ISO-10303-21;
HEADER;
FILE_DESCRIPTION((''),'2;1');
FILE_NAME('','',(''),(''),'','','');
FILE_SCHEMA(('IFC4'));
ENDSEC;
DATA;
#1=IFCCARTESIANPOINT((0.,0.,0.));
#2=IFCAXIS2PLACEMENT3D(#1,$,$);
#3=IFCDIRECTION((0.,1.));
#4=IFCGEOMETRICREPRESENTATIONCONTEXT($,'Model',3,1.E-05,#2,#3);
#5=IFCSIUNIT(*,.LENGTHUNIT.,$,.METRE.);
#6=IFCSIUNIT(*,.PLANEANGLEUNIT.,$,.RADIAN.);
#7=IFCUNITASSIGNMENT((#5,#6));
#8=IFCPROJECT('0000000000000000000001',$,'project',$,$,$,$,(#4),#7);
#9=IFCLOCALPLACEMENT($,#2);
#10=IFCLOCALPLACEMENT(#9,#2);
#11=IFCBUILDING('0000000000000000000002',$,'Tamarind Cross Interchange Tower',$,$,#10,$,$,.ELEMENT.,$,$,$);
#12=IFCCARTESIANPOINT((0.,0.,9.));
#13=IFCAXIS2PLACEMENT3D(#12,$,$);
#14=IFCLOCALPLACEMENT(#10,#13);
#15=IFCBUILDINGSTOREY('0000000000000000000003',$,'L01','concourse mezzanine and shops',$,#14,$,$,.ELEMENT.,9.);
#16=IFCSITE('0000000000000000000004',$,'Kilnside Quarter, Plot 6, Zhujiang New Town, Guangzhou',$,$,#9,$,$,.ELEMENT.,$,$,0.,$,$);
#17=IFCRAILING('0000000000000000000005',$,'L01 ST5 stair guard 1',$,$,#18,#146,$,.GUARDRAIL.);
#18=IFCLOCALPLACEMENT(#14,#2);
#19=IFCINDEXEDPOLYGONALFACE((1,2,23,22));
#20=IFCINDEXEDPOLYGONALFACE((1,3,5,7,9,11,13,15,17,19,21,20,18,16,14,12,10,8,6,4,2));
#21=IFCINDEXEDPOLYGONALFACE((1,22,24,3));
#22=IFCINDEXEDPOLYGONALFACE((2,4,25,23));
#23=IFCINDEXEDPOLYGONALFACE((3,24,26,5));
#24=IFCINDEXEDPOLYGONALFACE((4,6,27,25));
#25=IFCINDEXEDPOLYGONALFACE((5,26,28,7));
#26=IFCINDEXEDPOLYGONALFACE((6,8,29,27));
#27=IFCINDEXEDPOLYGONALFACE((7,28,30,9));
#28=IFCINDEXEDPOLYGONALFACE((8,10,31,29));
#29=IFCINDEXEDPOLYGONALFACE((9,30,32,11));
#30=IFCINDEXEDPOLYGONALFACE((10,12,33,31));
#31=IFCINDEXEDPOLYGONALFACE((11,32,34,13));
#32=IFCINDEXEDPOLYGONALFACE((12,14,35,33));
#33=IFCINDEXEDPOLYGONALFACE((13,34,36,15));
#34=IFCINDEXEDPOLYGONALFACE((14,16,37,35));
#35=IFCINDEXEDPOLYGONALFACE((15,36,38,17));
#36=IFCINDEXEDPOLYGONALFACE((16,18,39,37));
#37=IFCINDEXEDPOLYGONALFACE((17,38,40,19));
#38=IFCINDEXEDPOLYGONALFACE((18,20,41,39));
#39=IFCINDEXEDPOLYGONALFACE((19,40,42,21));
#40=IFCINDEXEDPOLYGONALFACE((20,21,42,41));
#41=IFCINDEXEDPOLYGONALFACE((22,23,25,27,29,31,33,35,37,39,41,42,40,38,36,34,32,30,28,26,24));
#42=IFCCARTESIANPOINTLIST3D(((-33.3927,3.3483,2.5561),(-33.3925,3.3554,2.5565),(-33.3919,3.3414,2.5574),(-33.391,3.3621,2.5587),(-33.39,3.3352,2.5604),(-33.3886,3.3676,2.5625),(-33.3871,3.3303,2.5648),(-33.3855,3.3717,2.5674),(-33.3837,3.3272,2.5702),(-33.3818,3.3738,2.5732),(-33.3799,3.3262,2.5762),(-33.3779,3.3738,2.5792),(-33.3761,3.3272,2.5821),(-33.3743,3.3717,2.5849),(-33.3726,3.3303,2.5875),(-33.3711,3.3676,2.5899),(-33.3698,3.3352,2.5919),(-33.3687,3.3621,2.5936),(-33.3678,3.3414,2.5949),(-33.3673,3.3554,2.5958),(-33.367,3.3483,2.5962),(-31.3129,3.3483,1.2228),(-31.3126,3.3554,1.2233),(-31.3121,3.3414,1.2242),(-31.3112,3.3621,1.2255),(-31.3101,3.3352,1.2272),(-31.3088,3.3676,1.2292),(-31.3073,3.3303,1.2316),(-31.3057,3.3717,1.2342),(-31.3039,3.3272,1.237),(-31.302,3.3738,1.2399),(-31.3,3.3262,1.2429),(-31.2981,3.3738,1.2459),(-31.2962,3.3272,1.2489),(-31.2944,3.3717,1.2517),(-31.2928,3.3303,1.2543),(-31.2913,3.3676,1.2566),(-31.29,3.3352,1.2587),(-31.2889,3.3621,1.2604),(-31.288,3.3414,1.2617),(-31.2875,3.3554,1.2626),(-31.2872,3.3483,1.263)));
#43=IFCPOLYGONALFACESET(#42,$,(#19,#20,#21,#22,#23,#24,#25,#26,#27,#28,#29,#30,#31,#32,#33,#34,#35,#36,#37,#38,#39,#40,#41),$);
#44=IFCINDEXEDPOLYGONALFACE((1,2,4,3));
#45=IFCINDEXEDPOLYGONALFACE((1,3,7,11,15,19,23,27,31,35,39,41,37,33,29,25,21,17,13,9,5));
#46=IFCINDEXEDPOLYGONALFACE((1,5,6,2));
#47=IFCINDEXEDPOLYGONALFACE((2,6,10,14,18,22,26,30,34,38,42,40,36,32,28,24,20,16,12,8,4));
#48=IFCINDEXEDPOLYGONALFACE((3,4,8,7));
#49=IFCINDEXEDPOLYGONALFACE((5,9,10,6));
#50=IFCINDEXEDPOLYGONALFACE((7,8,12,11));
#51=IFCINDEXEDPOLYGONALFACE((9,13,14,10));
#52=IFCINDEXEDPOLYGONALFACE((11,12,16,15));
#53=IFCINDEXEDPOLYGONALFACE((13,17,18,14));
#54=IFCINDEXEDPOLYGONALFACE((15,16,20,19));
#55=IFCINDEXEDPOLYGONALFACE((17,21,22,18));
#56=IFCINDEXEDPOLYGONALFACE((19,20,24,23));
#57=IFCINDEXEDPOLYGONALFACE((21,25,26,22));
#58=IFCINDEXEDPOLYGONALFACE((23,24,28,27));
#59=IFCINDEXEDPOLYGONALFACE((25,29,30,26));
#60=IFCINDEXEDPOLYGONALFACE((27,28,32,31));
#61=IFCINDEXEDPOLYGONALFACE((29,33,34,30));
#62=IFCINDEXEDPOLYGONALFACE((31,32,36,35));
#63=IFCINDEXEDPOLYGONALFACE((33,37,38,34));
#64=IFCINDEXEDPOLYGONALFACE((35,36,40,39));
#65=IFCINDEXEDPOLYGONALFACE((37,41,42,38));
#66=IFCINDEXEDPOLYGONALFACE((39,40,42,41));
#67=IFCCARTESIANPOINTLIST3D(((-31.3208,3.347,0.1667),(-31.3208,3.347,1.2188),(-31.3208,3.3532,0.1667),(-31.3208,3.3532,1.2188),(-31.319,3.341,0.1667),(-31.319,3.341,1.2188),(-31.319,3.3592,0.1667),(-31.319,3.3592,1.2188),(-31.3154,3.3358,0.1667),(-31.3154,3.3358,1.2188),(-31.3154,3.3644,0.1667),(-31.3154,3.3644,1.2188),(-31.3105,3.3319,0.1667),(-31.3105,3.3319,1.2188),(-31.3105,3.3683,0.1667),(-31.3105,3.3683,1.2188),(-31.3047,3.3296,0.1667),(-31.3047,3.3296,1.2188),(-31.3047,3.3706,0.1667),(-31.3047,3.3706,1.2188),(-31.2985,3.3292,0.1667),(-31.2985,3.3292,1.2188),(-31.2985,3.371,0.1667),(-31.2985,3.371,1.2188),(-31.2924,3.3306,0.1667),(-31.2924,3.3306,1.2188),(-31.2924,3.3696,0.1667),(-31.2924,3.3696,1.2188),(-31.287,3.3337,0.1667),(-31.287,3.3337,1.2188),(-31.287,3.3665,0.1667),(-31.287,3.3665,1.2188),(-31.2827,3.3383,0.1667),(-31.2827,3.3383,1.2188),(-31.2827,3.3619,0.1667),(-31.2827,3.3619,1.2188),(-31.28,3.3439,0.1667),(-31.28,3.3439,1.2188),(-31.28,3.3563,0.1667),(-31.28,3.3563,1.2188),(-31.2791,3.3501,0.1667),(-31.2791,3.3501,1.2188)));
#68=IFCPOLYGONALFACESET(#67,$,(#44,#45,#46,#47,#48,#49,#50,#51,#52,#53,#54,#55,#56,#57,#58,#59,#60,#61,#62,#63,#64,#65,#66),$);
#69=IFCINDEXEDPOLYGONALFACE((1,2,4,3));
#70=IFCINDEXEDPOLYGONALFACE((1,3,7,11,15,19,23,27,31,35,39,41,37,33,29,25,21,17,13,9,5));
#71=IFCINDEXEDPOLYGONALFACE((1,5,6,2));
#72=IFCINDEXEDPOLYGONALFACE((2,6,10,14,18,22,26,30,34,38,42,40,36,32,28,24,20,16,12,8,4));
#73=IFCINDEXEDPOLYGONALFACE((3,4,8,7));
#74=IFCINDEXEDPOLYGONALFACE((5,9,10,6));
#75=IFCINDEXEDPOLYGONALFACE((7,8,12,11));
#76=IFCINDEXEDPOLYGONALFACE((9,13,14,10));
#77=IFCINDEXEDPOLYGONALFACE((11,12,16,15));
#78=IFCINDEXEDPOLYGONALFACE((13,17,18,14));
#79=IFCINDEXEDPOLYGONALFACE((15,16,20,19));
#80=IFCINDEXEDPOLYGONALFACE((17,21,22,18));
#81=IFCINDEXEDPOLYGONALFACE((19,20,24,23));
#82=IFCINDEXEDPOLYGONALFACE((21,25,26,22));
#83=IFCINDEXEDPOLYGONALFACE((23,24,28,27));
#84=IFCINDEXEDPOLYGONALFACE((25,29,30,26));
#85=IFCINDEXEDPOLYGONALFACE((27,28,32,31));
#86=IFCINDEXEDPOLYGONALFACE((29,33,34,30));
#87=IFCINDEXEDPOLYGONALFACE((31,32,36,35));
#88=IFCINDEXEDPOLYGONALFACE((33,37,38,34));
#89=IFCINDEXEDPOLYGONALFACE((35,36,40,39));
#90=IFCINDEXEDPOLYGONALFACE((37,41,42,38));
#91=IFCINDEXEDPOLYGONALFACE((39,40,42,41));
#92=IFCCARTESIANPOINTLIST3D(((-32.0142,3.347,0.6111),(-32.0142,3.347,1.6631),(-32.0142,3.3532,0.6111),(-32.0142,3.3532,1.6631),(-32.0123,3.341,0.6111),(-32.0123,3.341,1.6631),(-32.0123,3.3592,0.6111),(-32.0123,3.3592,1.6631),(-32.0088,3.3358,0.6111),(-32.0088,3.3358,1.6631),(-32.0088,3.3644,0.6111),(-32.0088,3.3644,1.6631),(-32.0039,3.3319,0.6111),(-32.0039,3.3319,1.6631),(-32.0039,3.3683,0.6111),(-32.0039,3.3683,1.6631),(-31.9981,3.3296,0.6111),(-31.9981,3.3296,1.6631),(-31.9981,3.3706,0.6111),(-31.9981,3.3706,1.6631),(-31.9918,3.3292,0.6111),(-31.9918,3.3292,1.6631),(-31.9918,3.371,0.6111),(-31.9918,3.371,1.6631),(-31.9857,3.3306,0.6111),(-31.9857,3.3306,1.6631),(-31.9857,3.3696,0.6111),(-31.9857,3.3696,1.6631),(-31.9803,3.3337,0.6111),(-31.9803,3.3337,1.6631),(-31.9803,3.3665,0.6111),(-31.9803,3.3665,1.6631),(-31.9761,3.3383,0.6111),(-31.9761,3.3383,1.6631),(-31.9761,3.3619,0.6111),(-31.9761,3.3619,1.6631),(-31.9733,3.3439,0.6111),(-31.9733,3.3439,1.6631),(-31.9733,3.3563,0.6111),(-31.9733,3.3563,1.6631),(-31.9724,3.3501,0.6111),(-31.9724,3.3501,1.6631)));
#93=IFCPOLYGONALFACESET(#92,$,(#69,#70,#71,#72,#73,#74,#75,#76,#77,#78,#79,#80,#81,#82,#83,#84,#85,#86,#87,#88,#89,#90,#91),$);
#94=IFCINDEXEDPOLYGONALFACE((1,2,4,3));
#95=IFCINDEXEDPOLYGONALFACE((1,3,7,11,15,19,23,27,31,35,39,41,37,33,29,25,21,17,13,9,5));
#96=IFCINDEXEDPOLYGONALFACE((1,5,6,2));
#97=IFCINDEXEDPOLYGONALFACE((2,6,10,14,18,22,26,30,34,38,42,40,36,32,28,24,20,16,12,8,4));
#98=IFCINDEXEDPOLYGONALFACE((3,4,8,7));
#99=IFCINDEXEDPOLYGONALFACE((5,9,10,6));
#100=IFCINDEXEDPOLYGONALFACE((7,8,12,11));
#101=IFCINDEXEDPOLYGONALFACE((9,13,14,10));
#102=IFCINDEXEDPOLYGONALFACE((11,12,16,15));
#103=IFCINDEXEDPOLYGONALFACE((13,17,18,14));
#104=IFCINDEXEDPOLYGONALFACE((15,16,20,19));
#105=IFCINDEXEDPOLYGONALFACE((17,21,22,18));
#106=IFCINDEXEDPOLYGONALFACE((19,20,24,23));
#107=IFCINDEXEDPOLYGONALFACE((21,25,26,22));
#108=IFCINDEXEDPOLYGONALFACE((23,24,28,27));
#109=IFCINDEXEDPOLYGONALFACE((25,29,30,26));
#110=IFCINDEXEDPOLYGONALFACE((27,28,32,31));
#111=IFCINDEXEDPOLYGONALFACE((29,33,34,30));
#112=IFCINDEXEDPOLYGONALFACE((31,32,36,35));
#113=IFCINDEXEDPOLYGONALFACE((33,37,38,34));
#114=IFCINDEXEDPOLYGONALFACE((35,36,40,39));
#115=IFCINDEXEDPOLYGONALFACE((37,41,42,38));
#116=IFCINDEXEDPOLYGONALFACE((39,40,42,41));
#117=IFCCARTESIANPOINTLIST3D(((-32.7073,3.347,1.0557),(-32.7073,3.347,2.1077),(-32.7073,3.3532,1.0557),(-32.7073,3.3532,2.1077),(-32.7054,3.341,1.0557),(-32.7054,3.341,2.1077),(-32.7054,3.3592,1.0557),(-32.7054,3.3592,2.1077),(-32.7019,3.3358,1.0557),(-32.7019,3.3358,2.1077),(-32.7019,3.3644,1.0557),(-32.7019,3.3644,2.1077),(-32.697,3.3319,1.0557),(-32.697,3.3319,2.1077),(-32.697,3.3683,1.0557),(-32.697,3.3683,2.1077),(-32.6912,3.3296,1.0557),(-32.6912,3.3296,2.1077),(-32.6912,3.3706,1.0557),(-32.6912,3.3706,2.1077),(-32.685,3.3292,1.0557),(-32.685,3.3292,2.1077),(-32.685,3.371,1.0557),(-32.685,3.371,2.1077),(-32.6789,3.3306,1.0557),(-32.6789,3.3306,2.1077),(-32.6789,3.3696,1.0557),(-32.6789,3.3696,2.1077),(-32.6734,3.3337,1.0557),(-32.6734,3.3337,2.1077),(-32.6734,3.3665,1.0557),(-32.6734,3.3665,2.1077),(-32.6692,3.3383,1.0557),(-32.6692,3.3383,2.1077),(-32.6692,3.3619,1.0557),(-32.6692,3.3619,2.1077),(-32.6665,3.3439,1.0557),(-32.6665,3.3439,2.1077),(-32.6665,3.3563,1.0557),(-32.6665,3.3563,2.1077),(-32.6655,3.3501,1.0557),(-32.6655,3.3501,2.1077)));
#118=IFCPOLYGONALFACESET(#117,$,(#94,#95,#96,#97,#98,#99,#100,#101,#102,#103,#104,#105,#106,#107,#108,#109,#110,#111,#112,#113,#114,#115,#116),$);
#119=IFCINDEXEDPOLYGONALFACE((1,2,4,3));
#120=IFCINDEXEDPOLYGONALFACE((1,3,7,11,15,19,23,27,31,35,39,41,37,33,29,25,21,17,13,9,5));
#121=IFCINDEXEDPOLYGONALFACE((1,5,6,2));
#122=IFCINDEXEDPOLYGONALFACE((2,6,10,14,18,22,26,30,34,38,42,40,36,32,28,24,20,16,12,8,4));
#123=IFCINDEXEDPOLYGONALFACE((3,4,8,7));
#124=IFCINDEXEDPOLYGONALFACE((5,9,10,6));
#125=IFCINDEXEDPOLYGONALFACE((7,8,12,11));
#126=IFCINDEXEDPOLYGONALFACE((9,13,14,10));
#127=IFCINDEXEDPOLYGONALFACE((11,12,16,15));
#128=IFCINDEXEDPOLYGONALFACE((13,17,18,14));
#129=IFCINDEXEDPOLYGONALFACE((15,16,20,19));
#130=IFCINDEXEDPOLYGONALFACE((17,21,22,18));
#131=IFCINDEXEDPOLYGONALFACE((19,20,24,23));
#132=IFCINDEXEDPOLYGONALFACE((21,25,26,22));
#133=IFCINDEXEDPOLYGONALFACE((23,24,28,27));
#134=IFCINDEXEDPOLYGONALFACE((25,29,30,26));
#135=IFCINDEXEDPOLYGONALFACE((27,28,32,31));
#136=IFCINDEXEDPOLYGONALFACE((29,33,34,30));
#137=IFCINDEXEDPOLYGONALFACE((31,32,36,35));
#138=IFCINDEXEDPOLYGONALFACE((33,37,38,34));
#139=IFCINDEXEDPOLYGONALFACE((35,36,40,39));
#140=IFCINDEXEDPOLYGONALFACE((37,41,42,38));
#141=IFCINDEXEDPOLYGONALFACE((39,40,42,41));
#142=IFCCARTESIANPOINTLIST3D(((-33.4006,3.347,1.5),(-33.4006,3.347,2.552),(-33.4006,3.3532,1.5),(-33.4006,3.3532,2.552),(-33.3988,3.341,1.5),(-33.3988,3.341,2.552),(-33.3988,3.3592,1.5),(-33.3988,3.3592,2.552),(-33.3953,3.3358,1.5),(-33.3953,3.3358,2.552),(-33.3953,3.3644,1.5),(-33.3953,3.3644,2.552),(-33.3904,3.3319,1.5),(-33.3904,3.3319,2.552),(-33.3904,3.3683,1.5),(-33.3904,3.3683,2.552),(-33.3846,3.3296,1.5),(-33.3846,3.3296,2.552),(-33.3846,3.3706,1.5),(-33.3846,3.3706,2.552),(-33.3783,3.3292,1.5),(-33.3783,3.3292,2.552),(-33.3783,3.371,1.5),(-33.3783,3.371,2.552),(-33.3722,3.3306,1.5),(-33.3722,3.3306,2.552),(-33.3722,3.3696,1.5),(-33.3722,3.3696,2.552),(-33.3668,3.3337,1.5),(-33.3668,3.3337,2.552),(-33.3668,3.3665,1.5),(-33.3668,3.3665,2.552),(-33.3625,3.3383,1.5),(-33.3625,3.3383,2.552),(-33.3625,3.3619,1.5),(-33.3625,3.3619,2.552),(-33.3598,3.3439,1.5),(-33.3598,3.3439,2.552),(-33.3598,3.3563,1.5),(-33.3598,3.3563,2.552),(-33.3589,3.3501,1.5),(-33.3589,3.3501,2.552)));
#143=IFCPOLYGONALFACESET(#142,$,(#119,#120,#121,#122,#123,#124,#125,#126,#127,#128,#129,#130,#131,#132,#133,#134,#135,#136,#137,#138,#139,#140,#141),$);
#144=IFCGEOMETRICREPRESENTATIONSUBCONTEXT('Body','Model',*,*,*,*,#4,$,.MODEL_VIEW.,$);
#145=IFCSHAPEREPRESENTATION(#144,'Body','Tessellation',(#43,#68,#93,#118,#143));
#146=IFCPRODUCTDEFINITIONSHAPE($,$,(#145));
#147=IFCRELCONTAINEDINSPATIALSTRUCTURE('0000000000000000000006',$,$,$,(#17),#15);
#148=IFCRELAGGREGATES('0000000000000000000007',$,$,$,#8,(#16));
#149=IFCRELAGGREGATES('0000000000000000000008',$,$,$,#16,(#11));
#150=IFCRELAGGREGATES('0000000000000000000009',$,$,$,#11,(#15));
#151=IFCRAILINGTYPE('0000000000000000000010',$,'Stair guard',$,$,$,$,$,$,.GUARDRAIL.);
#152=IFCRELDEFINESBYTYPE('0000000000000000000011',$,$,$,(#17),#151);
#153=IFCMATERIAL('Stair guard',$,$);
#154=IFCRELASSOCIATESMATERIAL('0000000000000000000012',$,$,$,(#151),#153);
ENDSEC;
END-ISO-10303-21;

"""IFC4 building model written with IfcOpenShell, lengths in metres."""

from ifc_helpers import new_model, si_unit, direction, frame, origin, origin_2d, place, context, subcontext, project, spatial, circle, extrude, material, type_object, element, save


model = new_model("IFC4")

# Units and contexts
model_context = context("Model", 3, precision=1e-05, world=origin(), true_north=direction((0.0, 1.0)))
body_context = subcontext(model_context, "Body", "Model", "MODEL_VIEW")
ifc_project = project(units=[si_unit("LENGTHUNIT", "METRE"), si_unit("PLANEANGLEUNIT", "RADIAN")], contexts=[model_context])

# Site, building, storey
site_placement = place(None, origin())
site = spatial("IfcSite", under=ifc_project, at=site_placement, Name="Kilnside Quarter, Plot 6, Zhujiang New Town, Guangzhou", CompositionType="ELEMENT", RefElevation=0.0)
building_placement = place(site_placement, origin())
building = spatial("IfcBuilding", under=site, at=building_placement, Name="Tamarind Cross Interchange Tower", CompositionType="ELEMENT")
storey_placement = place(building_placement, frame((0.0, 0.0, 9.0)))
storey = spatial("IfcBuildingStorey", under=building, at=storey_placement, Name="L01", Description="concourse mezzanine and shops", CompositionType="ELEMENT", Elevation=9.0)

# Railing
ifc_material_1 = material(Name="Stair guard")
railing_type_1 = type_object("IfcRailingType", Name="Stair guard", PredefinedType="GUARDRAIL", material=ifc_material_1)
railing_1_placement = place(storey_placement, frame((-31.3, 3.3501, 0.1667)))
element("IfcRailing", 1, at=railing_1_placement, inside=storey, type_object=railing_type_1, Name="L01 ST5 stair guard 1", PredefinedType="GUARDRAIL", context=body_context, shape_type="SweptSolid", body=[
    extrude(circle(Radius=0.0239, at=origin_2d()), frame((0.0, 0.0, 1.0762), z_axis=(-0.841875, 0.0, 0.539673), x_axis=(0.0, -1.0, 0.0)), (0.0, 0.0, 1.0), 2.4705),
    extrude(circle(Radius=0.021, at=origin_2d()), origin(), (0.0, 0.0, 1.0), 1.052),
    extrude(circle(Radius=0.021, at=origin_2d()), frame((-0.6934, 0.0, 0.4443)), (0.0, 0.0, 1.0), 1.052),
    extrude(circle(Radius=0.021, at=origin_2d()), frame((-1.3865, 0.0, 0.8889)), (0.0, 0.0, 1.0), 1.052),
    extrude(circle(Radius=0.021, at=origin_2d()), frame((-2.0798, 0.0, 1.3333)), (0.0, 0.0, 1.0), 1.052),
])

save(model, "model.ifc")
